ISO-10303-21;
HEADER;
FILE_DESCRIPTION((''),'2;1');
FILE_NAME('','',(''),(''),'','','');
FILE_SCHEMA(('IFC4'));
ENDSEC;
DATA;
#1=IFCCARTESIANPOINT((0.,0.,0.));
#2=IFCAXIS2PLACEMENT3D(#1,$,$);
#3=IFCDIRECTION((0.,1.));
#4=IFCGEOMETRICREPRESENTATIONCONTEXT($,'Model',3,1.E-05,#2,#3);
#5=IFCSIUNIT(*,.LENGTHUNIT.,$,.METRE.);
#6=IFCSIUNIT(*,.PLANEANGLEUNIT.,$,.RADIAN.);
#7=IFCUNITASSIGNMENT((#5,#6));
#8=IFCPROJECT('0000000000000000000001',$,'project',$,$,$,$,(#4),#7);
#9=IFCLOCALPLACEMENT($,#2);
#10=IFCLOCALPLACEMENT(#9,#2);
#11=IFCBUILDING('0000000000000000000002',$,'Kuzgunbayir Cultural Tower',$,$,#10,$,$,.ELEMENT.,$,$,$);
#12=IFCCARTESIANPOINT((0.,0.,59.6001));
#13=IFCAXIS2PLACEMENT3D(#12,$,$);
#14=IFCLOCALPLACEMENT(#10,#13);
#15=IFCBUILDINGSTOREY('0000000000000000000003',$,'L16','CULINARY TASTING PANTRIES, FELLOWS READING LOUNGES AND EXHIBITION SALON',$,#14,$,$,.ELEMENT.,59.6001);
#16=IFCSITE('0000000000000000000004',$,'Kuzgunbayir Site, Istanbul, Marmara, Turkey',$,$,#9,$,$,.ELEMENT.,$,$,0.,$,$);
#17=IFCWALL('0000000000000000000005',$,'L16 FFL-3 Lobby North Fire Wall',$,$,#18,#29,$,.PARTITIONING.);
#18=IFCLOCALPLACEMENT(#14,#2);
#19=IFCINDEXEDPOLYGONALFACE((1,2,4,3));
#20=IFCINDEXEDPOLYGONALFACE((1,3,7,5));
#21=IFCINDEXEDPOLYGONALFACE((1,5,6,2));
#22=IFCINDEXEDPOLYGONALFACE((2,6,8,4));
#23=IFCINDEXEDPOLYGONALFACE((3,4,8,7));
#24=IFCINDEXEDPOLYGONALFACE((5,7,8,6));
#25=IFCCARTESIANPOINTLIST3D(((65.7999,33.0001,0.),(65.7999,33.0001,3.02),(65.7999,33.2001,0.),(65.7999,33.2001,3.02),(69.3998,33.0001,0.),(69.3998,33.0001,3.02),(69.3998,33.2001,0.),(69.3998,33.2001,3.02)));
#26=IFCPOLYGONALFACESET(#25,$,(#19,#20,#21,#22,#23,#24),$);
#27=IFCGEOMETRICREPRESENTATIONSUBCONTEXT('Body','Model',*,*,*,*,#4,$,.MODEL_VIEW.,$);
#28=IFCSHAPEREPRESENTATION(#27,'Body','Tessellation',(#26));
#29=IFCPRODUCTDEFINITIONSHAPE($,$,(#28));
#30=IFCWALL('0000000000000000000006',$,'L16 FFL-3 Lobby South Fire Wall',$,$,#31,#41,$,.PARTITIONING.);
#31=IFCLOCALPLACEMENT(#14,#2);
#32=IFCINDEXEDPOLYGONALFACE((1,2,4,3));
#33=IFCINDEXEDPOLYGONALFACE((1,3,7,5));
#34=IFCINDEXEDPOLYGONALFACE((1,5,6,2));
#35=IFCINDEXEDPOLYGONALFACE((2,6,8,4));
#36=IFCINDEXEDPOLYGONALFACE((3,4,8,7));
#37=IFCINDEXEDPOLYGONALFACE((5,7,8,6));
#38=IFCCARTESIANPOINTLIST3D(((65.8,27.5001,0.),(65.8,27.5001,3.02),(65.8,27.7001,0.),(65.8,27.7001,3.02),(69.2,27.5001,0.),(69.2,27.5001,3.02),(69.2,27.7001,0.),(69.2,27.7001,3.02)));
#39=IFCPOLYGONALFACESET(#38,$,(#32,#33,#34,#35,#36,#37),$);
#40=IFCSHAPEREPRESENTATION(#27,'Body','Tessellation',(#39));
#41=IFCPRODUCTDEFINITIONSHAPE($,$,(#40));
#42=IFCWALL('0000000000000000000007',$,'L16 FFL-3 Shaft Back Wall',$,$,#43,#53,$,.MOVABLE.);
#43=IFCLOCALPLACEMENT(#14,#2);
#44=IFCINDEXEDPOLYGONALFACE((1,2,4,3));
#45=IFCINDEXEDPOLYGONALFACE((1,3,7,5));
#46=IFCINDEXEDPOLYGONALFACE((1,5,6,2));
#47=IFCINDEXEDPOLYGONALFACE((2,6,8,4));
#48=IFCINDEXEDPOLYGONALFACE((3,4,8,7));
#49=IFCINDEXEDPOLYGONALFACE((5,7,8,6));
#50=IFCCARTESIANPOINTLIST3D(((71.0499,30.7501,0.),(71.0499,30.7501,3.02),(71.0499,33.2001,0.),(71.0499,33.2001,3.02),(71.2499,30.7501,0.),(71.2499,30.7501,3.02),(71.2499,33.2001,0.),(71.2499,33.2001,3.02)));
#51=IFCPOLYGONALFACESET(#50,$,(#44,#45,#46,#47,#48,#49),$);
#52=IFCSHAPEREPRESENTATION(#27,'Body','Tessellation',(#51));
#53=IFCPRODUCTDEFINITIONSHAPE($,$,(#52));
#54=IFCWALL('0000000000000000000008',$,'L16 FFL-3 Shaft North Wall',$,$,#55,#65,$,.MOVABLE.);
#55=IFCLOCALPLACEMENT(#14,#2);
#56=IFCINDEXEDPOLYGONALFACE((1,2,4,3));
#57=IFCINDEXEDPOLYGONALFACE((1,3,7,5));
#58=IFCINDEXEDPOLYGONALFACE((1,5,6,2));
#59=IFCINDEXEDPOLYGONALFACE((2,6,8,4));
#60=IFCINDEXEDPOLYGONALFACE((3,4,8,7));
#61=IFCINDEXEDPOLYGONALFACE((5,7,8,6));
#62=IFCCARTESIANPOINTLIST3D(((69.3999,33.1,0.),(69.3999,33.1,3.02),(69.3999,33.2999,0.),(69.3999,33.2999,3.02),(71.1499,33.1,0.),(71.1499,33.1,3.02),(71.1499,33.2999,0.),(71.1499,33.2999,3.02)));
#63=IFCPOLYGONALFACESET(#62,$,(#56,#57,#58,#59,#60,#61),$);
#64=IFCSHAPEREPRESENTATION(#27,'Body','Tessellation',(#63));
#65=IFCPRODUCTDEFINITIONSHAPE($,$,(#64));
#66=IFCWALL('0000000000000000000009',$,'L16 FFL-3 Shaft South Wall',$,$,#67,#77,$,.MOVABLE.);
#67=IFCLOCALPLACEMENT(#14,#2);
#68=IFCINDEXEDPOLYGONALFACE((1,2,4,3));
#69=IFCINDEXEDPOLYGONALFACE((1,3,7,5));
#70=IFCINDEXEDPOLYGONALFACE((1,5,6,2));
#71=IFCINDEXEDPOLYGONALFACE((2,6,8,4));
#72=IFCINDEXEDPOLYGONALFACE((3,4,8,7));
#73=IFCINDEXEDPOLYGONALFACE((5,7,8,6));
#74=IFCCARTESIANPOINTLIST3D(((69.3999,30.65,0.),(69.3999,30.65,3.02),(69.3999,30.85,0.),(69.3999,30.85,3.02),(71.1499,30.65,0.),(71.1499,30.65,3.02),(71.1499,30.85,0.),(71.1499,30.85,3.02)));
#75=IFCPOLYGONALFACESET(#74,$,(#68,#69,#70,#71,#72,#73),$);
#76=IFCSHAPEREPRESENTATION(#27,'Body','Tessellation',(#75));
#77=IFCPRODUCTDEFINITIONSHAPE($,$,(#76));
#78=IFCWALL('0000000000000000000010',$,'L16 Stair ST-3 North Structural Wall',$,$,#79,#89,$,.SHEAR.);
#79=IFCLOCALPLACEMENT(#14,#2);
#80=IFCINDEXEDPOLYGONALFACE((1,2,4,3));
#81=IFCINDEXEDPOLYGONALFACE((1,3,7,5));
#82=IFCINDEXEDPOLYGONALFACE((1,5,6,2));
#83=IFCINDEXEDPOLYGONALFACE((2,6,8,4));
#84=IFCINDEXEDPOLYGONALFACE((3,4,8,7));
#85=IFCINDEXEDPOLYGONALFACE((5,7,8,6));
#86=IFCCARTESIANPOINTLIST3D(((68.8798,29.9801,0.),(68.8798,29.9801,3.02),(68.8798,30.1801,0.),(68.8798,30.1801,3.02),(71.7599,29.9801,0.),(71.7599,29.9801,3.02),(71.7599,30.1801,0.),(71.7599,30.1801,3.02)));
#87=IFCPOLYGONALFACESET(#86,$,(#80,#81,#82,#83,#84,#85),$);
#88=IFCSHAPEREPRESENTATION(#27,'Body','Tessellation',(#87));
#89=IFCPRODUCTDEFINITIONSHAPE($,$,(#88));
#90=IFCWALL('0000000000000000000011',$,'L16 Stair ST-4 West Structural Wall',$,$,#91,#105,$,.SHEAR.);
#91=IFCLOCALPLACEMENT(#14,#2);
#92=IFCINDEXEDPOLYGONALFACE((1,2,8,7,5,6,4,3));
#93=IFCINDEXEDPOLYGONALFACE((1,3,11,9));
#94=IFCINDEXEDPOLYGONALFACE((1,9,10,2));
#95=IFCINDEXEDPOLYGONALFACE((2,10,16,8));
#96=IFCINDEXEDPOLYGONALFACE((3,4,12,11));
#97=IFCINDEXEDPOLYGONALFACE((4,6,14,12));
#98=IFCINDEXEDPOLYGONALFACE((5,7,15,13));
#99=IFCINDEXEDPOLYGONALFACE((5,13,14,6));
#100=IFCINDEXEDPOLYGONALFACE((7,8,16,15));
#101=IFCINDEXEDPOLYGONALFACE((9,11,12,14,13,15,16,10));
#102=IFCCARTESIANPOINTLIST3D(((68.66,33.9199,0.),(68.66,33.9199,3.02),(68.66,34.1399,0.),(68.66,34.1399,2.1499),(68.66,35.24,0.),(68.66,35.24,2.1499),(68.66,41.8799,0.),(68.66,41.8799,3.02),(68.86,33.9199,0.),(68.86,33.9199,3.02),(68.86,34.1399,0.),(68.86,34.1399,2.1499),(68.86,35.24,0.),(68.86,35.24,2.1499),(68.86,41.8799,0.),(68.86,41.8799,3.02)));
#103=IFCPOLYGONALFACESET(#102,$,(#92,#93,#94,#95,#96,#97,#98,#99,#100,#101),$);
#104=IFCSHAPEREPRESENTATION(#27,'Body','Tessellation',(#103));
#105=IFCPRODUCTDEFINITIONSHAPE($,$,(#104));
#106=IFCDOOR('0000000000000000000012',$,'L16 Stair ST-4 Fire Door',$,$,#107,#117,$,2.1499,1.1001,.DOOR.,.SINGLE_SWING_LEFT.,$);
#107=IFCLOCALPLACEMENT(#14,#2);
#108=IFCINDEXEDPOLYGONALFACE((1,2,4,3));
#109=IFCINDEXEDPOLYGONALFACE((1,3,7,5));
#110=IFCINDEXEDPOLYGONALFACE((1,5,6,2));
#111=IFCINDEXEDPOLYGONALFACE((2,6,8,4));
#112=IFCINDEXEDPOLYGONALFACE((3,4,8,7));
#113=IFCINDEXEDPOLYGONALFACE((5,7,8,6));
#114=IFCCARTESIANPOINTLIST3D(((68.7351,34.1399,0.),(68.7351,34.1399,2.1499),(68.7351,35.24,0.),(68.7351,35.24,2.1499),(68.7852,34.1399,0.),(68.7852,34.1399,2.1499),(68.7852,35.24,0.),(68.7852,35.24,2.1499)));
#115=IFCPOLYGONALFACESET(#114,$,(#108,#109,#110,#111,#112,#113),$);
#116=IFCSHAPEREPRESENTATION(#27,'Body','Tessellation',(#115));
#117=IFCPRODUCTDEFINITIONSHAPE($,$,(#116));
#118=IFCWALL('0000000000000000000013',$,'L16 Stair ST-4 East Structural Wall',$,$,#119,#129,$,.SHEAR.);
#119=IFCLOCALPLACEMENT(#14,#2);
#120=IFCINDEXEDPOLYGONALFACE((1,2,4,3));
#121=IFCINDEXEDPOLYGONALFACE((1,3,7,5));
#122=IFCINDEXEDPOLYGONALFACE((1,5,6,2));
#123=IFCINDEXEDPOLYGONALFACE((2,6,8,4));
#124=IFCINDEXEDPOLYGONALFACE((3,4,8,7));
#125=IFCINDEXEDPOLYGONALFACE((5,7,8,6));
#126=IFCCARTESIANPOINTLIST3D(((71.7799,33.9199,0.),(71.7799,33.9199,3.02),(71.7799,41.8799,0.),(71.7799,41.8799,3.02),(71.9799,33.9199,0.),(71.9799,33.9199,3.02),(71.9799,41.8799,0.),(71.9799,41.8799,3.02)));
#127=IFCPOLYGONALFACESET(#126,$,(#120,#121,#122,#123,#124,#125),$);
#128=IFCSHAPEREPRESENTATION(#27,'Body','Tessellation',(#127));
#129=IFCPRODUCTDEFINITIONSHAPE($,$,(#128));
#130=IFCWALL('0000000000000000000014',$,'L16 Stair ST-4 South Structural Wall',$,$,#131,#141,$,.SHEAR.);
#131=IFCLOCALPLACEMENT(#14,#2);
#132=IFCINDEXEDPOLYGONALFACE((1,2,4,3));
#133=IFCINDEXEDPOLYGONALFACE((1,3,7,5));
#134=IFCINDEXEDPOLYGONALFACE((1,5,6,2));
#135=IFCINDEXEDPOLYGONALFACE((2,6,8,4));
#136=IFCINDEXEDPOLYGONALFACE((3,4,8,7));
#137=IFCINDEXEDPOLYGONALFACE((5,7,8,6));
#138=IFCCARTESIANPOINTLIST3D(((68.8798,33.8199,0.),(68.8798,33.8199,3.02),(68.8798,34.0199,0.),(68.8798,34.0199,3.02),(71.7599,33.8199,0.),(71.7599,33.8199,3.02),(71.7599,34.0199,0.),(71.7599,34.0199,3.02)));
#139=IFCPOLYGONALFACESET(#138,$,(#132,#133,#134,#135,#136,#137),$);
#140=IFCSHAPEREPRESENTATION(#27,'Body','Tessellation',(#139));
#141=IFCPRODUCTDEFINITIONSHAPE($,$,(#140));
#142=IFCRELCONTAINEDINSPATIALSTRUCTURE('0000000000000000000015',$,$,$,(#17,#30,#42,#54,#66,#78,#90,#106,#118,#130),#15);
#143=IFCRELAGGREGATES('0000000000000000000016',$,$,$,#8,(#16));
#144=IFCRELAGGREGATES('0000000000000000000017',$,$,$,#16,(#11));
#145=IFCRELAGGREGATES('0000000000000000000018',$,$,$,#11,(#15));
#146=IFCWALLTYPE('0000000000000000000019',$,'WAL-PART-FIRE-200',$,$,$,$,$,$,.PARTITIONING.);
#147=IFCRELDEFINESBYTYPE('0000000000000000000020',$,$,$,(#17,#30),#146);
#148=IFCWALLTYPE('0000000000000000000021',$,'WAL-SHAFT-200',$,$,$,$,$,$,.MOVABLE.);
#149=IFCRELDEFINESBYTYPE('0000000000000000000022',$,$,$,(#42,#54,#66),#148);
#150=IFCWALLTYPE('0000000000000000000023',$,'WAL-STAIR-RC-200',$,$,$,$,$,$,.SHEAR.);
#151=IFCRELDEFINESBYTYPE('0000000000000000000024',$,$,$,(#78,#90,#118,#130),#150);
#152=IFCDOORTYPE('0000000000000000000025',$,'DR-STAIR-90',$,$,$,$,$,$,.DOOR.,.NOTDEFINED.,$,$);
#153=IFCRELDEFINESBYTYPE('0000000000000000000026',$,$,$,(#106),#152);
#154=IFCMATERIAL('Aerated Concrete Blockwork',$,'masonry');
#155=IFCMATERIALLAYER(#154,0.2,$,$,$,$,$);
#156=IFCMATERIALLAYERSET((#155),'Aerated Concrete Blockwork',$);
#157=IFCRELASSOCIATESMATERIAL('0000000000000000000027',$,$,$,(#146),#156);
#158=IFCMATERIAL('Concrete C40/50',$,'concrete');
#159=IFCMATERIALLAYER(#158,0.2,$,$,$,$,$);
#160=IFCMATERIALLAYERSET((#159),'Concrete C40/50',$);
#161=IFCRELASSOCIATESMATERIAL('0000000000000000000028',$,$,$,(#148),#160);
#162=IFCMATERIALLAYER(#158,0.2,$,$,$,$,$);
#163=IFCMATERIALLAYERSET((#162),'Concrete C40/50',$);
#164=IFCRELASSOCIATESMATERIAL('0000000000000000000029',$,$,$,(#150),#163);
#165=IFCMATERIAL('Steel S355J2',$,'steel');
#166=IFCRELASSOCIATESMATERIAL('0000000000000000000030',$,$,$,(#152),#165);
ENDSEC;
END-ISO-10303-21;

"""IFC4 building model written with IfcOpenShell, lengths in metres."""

from ifc_helpers import new_model, si_unit, direction, frame, frame_2d, origin, place, context, subcontext, project, spatial, rectangle, extrude, material, layer, layer_set, type_object, element, fill, save


model = new_model("IFC4")

# Units and contexts
model_context = context("Model", 3, precision=1e-05, world=origin(), true_north=direction((0.0, 1.0)))
body_context = subcontext(model_context, "Body", "Model", "MODEL_VIEW")
ifc_project = project(units=[si_unit("LENGTHUNIT", "METRE"), si_unit("PLANEANGLEUNIT", "RADIAN")], contexts=[model_context])

# Site, building, storey
site_placement = place(None, origin())
site = spatial("IfcSite", under=ifc_project, at=site_placement, Name="Kuzgunbayir Site, Istanbul, Marmara, Turkey", CompositionType="ELEMENT", RefElevation=0.0)
building_placement = place(site_placement, origin())
building = spatial("IfcBuilding", under=site, at=building_placement, Name="Kuzgunbayir Cultural Tower", CompositionType="ELEMENT")
storey_placement = place(building_placement, frame((0.0, 0.0, 59.6001)))
storey = spatial("IfcBuildingStorey", under=building, at=storey_placement, Name="L16", Description="CULINARY TASTING PANTRIES, FELLOWS READING LOUNGES AND EXHIBITION SALON", CompositionType="ELEMENT", Elevation=59.6001)

# Shared definitions
ifc_material_1 = material(Name="Steel S355J2", Category="steel")

# Walls
ifc_material_2 = material(Name="Aerated Concrete Blockwork", Category="masonry")
ifc_layer_1 = layer(ifc_material_2, 0.2)
ifc_layer_set_1 = layer_set([ifc_layer_1], Name="Aerated Concrete Blockwork")
wall_type_1 = type_object("IfcWallType", Name="WAL-PART-FIRE-200", PredefinedType="PARTITIONING", material=ifc_layer_set_1)
wall_1_placement = place(storey_placement, frame((65.8, 33.1001, 0.0), z_axis=(0.0, 0.0, 1.0), x_axis=(1.0, 0.0, 0.0)))
element("IfcWall", 1, at=wall_1_placement, inside=storey, type_object=wall_type_1, Name="L16 FFL-3 Lobby North Fire Wall", PredefinedType="PARTITIONING", context=body_context, shape_type="SweptSolid", body=[
    extrude(rectangle(XDim=3.5999, YDim=0.2, at=frame_2d((1.7998, 0.0))), origin(), (0.0, 0.0, 1.0), 3.02),
])
wall_2_placement = place(storey_placement, frame((65.8, 27.6001, 0.0), z_axis=(0.0, 0.0, 1.0), x_axis=(1.0, 0.0, 0.0)))
element("IfcWall", 2, at=wall_2_placement, inside=storey, type_object=wall_type_1, Name="L16 FFL-3 Lobby South Fire Wall", PredefinedType="PARTITIONING", context=body_context, shape_type="SweptSolid", body=[
    extrude(rectangle(XDim=3.3999, YDim=0.2, at=frame_2d((1.7, 0.0))), origin(), (0.0, 0.0, 1.0), 3.02),
])

# Shared definitions
ifc_material_3 = material(Name="Concrete C40/50", Category="concrete")
ifc_layer_2 = layer(ifc_material_3, 0.2)
ifc_layer_set_2 = layer_set([ifc_layer_2], Name="Concrete C40/50")
wall_type_2 = type_object("IfcWallType", Name="WAL-SHAFT-200", PredefinedType="MOVABLE", material=ifc_layer_set_2)

# Walls
wall_3_placement = place(storey_placement, frame((71.1499, 30.75, 0.0), z_axis=(0.0, 0.0, 1.0), x_axis=(0.0, 1.0, 0.0)))
element("IfcWall", 3, at=wall_3_placement, inside=storey, type_object=wall_type_2, Name="L16 FFL-3 Shaft Back Wall", PredefinedType="MOVABLE", context=body_context, shape_type="SweptSolid", body=[
    extrude(rectangle(XDim=2.45, YDim=0.2, at=frame_2d((1.2251, 0.0))), origin(), (0.0, 0.0, 1.0), 3.02),
])
for number, where, z_axis, x_axis, name in (
    (4, (69.3999, 33.2, 0.0), (0.0, 0.0, 1.0), (1.0, 0.0, 0.0), "L16 FFL-3 Shaft North Wall"),
    (5, (69.3999, 30.75, 0.0), (0.0, 0.0, 1.0), (1.0, 0.0, 0.0), "L16 FFL-3 Shaft South Wall"),
):
    element("IfcWall", number, at=place(storey_placement, frame(where, z_axis=z_axis, x_axis=x_axis)), inside=storey, type_object=wall_type_2, Name=name, PredefinedType="MOVABLE", context=body_context, shape_type="SweptSolid", body=[
        extrude(rectangle(XDim=1.75, YDim=0.2, at=frame_2d((0.875, 0.0))), origin(), (0.0, 0.0, 1.0), 3.02),
    ])
ifc_layer_3 = layer(ifc_material_3, 0.2)
ifc_layer_set_3 = layer_set([ifc_layer_3], Name="Concrete C40/50")
wall_type_3 = type_object("IfcWallType", Name="WAL-STAIR-RC-200", PredefinedType="SHEAR", material=ifc_layer_set_3)
wall_4_placement = place(storey_placement, frame((68.8799, 30.0801, 0.0), z_axis=(0.0, 0.0, 1.0), x_axis=(1.0, 0.0, 0.0)))
element("IfcWall", 6, at=wall_4_placement, inside=storey, type_object=wall_type_3, Name="L16 Stair ST-3 North Structural Wall", PredefinedType="SHEAR", context=body_context, shape_type="SweptSolid", body=[
    extrude(rectangle(XDim=2.8801, YDim=0.2, at=frame_2d((1.4399, 0.0))), origin(), (0.0, 0.0, 1.0), 3.02),
])

# Wall, opening, door
wall_5_placement = place(storey_placement, frame((68.76, 33.9199, 0.0), z_axis=(0.0, 0.0, 1.0), x_axis=(0.0, 1.0, 0.0)))
wall_5 = element("IfcWall", 7, at=wall_5_placement, inside=storey, type_object=wall_type_3, Name="L16 Stair ST-4 West Structural Wall", PredefinedType="SHEAR", context=body_context, shape_type="SweptSolid", body=[
    extrude(rectangle(XDim=7.96, YDim=0.2, at=frame_2d((3.98, 0.0))), origin(), (0.0, 0.0, 1.0), 3.02),
])
opening_1_placement = place(wall_5_placement, frame((0.22, 0.0, 0.0)))
opening_1 = element("IfcOpeningElement", 8, at=opening_1_placement, cuts=wall_5, PredefinedType="OPENING", context=body_context, shape_type="SweptSolid", body=[
    extrude(rectangle(XDim=1.1001, YDim=2.1499, at=frame_2d((0.55, 1.075))), frame((0.0, 0.1099, 0.0), z_axis=(0.0, -1.0, 0.0), x_axis=(1.0, 0.0, 0.0)), (0.0, 0.0, 1.0), 0.22),
])
door_type_1 = type_object("IfcDoorType", Name="DR-STAIR-90", OperationType="NOTDEFINED", PredefinedType="DOOR", material=ifc_material_1)
door_1_placement = place(opening_1_placement, origin())
door_1 = element("IfcDoor", 9, at=door_1_placement, inside=storey, type_object=door_type_1, Name="L16 Stair ST-4 Fire Door", OperationType="SINGLE_SWING_LEFT", OverallHeight=2.1499, OverallWidth=1.1001, PredefinedType="DOOR", context=body_context, shape_type="SweptSolid", body=[
    extrude(rectangle(XDim=1.1001, YDim=2.1499, at=frame_2d((0.55, 1.075))), frame((0.0, 0.0249, 0.0), z_axis=(0.0, -1.0, 0.0), x_axis=(1.0, 0.0, 0.0)), (0.0, 0.0, 1.0), 0.05),
])
fill(opening_1, door_1)

# Walls
wall_6_placement = place(storey_placement, frame((71.8799, 33.9199, 0.0), z_axis=(0.0, 0.0, 1.0), x_axis=(0.0, 1.0, 0.0)))
element("IfcWall", 10, at=wall_6_placement, inside=storey, type_object=wall_type_3, Name="L16 Stair ST-4 East Structural Wall", PredefinedType="SHEAR", context=body_context, shape_type="SweptSolid", body=[
    extrude(rectangle(XDim=7.96, YDim=0.2, at=frame_2d((3.98, 0.0))), origin(), (0.0, 0.0, 1.0), 3.02),
])
wall_7_placement = place(storey_placement, frame((68.8799, 33.9199, 0.0), z_axis=(0.0, 0.0, 1.0), x_axis=(1.0, 0.0, 0.0)))
element("IfcWall", 11, at=wall_7_placement, inside=storey, type_object=wall_type_3, Name="L16 Stair ST-4 South Structural Wall", PredefinedType="SHEAR", context=body_context, shape_type="SweptSolid", body=[
    extrude(rectangle(XDim=2.8801, YDim=0.2, at=frame_2d((1.4399, 0.0))), origin(), (0.0, 0.0, 1.0), 3.02),
])

save(model, "model.ifc")
